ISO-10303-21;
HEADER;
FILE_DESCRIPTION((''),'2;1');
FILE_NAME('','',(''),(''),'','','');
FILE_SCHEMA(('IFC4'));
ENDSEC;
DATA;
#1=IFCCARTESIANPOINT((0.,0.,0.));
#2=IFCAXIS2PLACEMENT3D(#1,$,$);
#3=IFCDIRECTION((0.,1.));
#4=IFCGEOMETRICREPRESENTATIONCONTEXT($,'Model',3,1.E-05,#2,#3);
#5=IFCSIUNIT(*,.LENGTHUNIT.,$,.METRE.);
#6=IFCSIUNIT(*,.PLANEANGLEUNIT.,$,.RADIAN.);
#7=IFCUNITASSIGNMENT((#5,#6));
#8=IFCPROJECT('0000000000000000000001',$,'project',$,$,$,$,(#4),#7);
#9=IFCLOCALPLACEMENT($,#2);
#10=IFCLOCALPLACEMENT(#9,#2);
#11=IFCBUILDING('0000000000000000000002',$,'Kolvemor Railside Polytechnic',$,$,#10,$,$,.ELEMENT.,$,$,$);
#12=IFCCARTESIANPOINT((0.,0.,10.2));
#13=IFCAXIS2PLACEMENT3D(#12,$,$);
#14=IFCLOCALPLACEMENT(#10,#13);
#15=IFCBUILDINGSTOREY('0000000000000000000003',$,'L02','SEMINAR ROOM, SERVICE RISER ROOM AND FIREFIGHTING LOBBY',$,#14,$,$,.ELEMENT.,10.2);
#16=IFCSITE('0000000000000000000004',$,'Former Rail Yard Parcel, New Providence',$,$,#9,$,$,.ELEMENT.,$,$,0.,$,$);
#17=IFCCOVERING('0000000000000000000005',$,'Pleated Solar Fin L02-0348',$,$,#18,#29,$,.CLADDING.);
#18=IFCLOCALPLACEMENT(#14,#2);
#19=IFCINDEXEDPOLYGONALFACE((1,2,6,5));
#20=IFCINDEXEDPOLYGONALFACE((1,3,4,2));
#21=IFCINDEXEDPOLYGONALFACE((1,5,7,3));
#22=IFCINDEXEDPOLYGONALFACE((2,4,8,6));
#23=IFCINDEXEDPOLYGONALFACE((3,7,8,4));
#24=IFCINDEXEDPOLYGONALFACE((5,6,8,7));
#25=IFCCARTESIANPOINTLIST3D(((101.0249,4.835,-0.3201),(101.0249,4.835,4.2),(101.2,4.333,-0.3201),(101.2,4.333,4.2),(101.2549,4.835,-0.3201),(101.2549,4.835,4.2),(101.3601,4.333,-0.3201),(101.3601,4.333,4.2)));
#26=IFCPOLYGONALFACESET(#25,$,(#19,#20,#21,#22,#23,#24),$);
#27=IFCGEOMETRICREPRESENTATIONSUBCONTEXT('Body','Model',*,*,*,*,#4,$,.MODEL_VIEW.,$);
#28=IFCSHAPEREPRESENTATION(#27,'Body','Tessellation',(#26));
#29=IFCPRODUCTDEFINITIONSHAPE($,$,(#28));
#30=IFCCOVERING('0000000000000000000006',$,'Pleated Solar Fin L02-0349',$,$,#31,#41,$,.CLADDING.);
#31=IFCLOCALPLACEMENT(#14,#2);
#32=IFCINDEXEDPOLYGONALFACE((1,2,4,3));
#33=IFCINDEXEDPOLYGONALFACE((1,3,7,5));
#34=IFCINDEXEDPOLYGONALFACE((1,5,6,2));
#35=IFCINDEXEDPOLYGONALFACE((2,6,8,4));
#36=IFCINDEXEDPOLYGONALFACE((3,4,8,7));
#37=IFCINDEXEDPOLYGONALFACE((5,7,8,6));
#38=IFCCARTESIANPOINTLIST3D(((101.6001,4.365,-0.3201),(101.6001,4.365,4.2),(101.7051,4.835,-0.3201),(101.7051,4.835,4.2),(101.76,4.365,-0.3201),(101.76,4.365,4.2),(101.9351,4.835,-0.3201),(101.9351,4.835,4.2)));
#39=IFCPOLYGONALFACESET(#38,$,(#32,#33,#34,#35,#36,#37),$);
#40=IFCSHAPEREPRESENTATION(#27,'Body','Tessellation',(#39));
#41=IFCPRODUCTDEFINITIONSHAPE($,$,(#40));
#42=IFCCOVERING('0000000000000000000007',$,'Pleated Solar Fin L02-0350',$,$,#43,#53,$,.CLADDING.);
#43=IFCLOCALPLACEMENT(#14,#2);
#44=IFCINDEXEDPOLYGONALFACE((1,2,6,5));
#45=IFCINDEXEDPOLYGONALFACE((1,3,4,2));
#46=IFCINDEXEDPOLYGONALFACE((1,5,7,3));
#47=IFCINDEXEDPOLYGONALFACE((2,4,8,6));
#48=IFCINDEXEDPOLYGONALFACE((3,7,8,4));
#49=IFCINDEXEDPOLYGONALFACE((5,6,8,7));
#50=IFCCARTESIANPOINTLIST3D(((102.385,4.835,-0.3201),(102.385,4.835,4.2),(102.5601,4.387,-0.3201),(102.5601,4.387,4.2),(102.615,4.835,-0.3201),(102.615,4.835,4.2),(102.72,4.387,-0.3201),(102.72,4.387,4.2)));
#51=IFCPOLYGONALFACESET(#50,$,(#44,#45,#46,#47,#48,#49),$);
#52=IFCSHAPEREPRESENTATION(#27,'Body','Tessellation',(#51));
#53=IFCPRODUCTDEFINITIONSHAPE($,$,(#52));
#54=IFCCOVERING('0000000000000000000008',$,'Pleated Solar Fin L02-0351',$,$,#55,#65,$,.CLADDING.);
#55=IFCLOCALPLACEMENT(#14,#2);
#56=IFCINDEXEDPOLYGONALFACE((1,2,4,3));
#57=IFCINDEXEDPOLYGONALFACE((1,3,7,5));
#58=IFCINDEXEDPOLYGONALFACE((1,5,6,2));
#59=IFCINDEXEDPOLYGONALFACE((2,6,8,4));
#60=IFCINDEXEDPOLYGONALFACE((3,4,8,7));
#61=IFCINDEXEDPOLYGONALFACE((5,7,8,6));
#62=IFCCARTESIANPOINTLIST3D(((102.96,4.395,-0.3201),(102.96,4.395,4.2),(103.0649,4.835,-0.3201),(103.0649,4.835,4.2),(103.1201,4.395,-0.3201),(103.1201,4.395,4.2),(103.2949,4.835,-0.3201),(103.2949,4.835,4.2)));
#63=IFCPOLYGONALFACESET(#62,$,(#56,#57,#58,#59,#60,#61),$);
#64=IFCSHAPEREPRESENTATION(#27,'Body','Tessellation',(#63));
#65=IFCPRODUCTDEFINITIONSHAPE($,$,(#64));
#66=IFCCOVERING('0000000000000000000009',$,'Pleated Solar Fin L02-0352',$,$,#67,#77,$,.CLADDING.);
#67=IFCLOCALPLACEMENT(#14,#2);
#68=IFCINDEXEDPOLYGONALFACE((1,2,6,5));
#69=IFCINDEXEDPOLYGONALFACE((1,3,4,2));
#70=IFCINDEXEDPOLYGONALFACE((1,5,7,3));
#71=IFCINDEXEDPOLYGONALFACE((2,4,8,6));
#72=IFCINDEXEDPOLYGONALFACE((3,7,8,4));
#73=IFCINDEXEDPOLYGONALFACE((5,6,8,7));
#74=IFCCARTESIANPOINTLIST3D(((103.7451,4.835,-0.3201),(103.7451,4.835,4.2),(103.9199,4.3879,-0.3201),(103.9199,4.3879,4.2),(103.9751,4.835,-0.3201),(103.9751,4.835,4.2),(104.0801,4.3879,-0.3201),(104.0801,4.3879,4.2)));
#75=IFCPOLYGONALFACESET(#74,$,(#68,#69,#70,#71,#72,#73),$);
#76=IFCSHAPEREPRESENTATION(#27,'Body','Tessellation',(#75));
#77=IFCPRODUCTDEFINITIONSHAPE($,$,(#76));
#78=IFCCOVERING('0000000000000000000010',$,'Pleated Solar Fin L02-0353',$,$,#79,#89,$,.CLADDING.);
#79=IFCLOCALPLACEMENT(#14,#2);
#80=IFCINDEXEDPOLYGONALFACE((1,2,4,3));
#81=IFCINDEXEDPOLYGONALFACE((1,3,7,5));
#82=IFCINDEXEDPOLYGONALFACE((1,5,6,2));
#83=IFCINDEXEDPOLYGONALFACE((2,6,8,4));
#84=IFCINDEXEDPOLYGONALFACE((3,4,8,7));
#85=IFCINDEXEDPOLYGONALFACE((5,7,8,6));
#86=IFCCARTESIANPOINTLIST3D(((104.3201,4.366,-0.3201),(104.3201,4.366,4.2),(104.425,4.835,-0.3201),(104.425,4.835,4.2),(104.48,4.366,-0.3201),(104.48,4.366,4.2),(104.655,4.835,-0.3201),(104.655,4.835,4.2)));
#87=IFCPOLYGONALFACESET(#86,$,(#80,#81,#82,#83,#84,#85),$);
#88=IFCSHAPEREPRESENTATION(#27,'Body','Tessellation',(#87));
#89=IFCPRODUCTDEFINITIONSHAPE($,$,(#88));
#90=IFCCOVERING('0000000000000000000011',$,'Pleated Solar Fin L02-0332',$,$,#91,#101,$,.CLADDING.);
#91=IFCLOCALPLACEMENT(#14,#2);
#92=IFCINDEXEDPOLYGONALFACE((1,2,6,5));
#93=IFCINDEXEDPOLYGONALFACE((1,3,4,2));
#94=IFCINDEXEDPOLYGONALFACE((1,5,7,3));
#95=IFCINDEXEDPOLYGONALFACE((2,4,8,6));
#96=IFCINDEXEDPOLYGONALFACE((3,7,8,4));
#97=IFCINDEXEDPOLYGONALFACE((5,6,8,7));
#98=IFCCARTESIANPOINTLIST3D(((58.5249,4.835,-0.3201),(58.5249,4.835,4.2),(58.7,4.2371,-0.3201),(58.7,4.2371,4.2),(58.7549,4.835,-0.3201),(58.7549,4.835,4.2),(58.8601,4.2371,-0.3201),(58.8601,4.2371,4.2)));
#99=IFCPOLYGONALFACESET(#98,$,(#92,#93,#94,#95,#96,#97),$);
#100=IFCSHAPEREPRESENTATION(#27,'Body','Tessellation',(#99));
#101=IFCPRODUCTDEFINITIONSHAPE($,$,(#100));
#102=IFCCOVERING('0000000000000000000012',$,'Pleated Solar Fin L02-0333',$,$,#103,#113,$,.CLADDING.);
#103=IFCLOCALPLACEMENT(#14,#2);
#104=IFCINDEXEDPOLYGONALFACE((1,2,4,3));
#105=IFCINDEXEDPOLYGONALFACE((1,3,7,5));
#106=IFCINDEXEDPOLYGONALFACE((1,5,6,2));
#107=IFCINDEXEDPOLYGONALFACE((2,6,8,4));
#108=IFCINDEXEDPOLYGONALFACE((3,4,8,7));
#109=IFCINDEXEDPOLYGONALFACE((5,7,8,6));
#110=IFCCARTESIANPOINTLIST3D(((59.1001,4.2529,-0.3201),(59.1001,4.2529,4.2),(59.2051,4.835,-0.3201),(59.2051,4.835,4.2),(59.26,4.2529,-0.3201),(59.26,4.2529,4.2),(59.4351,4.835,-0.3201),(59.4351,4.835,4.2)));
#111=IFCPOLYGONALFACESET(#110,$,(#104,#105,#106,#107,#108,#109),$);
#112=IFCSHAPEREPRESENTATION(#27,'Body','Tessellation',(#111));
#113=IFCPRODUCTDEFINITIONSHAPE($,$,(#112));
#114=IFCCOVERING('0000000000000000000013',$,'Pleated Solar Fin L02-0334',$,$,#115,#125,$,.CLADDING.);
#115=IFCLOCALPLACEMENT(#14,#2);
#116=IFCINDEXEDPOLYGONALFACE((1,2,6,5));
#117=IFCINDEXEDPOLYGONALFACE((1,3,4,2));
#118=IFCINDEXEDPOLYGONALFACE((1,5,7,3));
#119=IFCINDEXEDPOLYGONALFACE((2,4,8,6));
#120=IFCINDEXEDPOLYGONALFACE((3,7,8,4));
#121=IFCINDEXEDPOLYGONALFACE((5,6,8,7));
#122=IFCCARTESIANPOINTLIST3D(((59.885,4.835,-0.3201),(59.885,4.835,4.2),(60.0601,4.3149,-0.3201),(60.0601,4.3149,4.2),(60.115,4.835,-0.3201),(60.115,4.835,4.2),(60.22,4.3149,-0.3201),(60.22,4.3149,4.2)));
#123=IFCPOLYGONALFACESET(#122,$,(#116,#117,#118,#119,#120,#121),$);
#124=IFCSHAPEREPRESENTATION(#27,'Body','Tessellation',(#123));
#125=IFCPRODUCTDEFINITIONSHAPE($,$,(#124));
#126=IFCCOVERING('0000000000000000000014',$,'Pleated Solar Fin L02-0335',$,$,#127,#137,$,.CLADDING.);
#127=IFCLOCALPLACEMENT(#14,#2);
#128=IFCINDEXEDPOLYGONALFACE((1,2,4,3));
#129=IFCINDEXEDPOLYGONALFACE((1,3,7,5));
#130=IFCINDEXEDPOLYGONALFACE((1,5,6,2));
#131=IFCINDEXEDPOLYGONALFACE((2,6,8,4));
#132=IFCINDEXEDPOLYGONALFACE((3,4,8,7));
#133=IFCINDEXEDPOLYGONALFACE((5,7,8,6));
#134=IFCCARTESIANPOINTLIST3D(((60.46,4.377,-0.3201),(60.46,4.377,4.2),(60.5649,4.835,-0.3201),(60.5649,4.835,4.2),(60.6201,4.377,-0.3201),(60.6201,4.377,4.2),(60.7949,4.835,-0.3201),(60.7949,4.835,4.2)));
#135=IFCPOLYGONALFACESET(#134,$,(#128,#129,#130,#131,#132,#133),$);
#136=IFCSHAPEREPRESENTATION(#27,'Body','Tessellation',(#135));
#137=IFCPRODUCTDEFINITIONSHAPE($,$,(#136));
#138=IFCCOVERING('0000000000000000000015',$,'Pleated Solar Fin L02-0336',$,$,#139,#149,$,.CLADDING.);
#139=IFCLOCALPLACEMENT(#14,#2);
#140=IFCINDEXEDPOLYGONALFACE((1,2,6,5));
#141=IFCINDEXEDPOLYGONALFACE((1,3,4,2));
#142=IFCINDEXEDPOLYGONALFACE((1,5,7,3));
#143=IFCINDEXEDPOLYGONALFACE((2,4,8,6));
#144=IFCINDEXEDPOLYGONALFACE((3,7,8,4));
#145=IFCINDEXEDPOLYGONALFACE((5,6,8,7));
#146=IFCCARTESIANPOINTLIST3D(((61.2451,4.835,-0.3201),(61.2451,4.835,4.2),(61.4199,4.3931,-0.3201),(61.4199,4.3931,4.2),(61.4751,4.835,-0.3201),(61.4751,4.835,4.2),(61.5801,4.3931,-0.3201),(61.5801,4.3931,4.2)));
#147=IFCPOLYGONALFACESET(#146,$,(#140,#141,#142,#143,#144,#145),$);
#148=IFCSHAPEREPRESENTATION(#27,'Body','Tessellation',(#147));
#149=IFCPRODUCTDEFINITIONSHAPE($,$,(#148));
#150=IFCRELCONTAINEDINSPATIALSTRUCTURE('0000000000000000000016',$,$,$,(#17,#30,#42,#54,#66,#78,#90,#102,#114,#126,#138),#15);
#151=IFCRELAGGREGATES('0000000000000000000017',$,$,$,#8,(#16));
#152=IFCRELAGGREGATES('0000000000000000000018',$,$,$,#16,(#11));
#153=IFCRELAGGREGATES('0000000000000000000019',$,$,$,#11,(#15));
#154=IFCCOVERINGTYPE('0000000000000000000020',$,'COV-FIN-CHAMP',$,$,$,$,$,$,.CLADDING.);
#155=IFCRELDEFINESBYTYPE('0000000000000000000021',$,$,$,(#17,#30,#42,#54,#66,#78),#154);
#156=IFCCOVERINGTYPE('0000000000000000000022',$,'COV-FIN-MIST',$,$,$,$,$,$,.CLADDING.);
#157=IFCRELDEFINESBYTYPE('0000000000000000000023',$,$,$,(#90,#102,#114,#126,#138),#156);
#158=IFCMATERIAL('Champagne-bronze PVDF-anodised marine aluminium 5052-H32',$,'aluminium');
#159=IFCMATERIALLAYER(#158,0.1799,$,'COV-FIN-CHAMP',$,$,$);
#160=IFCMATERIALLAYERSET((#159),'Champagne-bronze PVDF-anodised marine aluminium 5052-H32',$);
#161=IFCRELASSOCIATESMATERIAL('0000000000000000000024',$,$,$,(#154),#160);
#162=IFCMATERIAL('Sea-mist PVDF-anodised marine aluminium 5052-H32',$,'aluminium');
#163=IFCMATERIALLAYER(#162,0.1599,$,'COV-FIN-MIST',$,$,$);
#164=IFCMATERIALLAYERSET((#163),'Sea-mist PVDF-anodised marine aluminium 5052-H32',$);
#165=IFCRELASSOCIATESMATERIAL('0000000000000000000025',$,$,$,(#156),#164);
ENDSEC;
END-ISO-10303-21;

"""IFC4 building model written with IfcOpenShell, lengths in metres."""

from ifc_helpers import new_model, si_unit, direction, frame, origin, place, context, subcontext, project, spatial, polyline, outline, extrude, material, layer, layer_set, type_object, element, save


model = new_model("IFC4")

# Units and contexts
model_context = context("Model", 3, precision=1e-05, world=origin(), true_north=direction((0.0, 1.0)))
body_context = subcontext(model_context, "Body", "Model", "MODEL_VIEW")
ifc_project = project(units=[si_unit("LENGTHUNIT", "METRE"), si_unit("PLANEANGLEUNIT", "RADIAN")], contexts=[model_context])

# Site, building, storey
site_placement = place(None, origin())
site = spatial("IfcSite", under=ifc_project, at=site_placement, Name="Former Rail Yard Parcel, New Providence", CompositionType="ELEMENT", RefElevation=0.0)
building_placement = place(site_placement, origin())
building = spatial("IfcBuilding", under=site, at=building_placement, Name="Kolvemor Railside Polytechnic", CompositionType="ELEMENT")
storey_placement = place(building_placement, frame((0.0, 0.0, 10.2)))
storey = spatial("IfcBuildingStorey", under=building, at=storey_placement, Name="L02", Description="SEMINAR ROOM, SERVICE RISER ROOM AND FIREFIGHTING LOBBY", CompositionType="ELEMENT", Elevation=10.2)

# Coverings
ifc_material_1 = material(Name="Champagne-bronze PVDF-anodised marine aluminium 5052-H32", Category="aluminium")
ifc_layer_1 = layer(ifc_material_1, 0.1799, Name="COV-FIN-CHAMP")
ifc_layer_set_1 = layer_set([ifc_layer_1], Name="Champagne-bronze PVDF-anodised marine aluminium 5052-H32")
covering_type_1 = type_object("IfcCoveringType", Name="COV-FIN-CHAMP", PredefinedType="CLADDING", material=ifc_layer_set_1)
covering_1_placement = place(storey_placement, frame((0.0, 0.0, -0.3201)))
element("IfcCovering", 1, at=covering_1_placement, inside=storey, type_object=covering_type_1, Name="Pleated Solar Fin L02-0348", PredefinedType="CLADDING", context=body_context, shape_type="SweptSolid", body=[
    extrude(outline(polyline([(101.0249, 4.835), (101.2549, 4.835), (101.3601, 4.333), (101.2, 4.333), (101.0249, 4.835)])), origin(), (0.0, 0.0, 1.0), 4.52),
])
covering_2_placement = place(storey_placement, frame((0.0, 0.0, -0.3201)))
element("IfcCovering", 2, at=covering_2_placement, inside=storey, type_object=covering_type_1, Name="Pleated Solar Fin L02-0349", PredefinedType="CLADDING", context=body_context, shape_type="SweptSolid", body=[
    extrude(outline(polyline([(101.7051, 4.835), (101.9351, 4.835), (101.76, 4.365), (101.6001, 4.365), (101.7051, 4.835)])), origin(), (0.0, 0.0, 1.0), 4.52),
])
covering_3_placement = place(storey_placement, frame((0.0, 0.0, -0.3201)))
element("IfcCovering", 3, at=covering_3_placement, inside=storey, type_object=covering_type_1, Name="Pleated Solar Fin L02-0350", PredefinedType="CLADDING", context=body_context, shape_type="SweptSolid", body=[
    extrude(outline(polyline([(102.385, 4.835), (102.615, 4.835), (102.72, 4.387), (102.5601, 4.387), (102.385, 4.835)])), origin(), (0.0, 0.0, 1.0), 4.52),
])
covering_4_placement = place(storey_placement, frame((0.0, 0.0, -0.3201)))
element("IfcCovering", 4, at=covering_4_placement, inside=storey, type_object=covering_type_1, Name="Pleated Solar Fin L02-0351", PredefinedType="CLADDING", context=body_context, shape_type="SweptSolid", body=[
    extrude(outline(polyline([(103.0649, 4.835), (103.2949, 4.835), (103.1201, 4.395), (102.96, 4.395), (103.0649, 4.835)])), origin(), (0.0, 0.0, 1.0), 4.52),
])
covering_5_placement = place(storey_placement, frame((0.0, 0.0, -0.3201)))
element("IfcCovering", 5, at=covering_5_placement, inside=storey, type_object=covering_type_1, Name="Pleated Solar Fin L02-0352", PredefinedType="CLADDING", context=body_context, shape_type="SweptSolid", body=[
    extrude(outline(polyline([(103.7451, 4.835), (103.9751, 4.835), (104.0801, 4.3879), (103.9199, 4.3879), (103.7451, 4.835)])), origin(), (0.0, 0.0, 1.0), 4.52),
])
covering_6_placement = place(storey_placement, frame((0.0, 0.0, -0.3201)))
element("IfcCovering", 6, at=covering_6_placement, inside=storey, type_object=covering_type_1, Name="Pleated Solar Fin L02-0353", PredefinedType="CLADDING", context=body_context, shape_type="SweptSolid", body=[
    extrude(outline(polyline([(104.425, 4.835), (104.655, 4.835), (104.48, 4.366), (104.3201, 4.366), (104.425, 4.835)])), origin(), (0.0, 0.0, 1.0), 4.52),
])
ifc_material_2 = material(Name="Sea-mist PVDF-anodised marine aluminium 5052-H32", Category="aluminium")
ifc_layer_2 = layer(ifc_material_2, 0.1599, Name="COV-FIN-MIST")
ifc_layer_set_2 = layer_set([ifc_layer_2], Name="Sea-mist PVDF-anodised marine aluminium 5052-H32")
covering_type_2 = type_object("IfcCoveringType", Name="COV-FIN-MIST", PredefinedType="CLADDING", material=ifc_layer_set_2)
covering_7_placement = place(storey_placement, frame((0.0, 0.0, -0.3201)))
element("IfcCovering", 7, at=covering_7_placement, inside=storey, type_object=covering_type_2, Name="Pleated Solar Fin L02-0332", PredefinedType="CLADDING", context=body_context, shape_type="SweptSolid", body=[
    extrude(outline(polyline([(58.5249, 4.835), (58.7549, 4.835), (58.8601, 4.2371), (58.7, 4.2371), (58.5249, 4.835)])), origin(), (0.0, 0.0, 1.0), 4.52),
])
covering_8_placement = place(storey_placement, frame((0.0, 0.0, -0.3201)))
element("IfcCovering", 8, at=covering_8_placement, inside=storey, type_object=covering_type_2, Name="Pleated Solar Fin L02-0333", PredefinedType="CLADDING", context=body_context, shape_type="SweptSolid", body=[
    extrude(outline(polyline([(59.2051, 4.835), (59.4351, 4.835), (59.26, 4.2529), (59.1001, 4.2529), (59.2051, 4.835)])), origin(), (0.0, 0.0, 1.0), 4.52),
])
covering_9_placement = place(storey_placement, frame((0.0, 0.0, -0.3201)))
element("IfcCovering", 9, at=covering_9_placement, inside=storey, type_object=covering_type_2, Name="Pleated Solar Fin L02-0334", PredefinedType="CLADDING", context=body_context, shape_type="SweptSolid", body=[
    extrude(outline(polyline([(59.885, 4.835), (60.115, 4.835), (60.22, 4.3149), (60.0601, 4.3149), (59.885, 4.835)])), origin(), (0.0, 0.0, 1.0), 4.52),
])
covering_10_placement = place(storey_placement, frame((0.0, 0.0, -0.3201)))
element("IfcCovering", 10, at=covering_10_placement, inside=storey, type_object=covering_type_2, Name="Pleated Solar Fin L02-0335", PredefinedType="CLADDING", context=body_context, shape_type="SweptSolid", body=[
    extrude(outline(polyline([(60.5649, 4.835), (60.7949, 4.835), (60.6201, 4.377), (60.46, 4.377), (60.5649, 4.835)])), origin(), (0.0, 0.0, 1.0), 4.52),
])
covering_11_placement = place(storey_placement, frame((0.0, 0.0, -0.3201)))
element("IfcCovering", 11, at=covering_11_placement, inside=storey, type_object=covering_type_2, Name="Pleated Solar Fin L02-0336", PredefinedType="CLADDING", context=body_context, shape_type="SweptSolid", body=[
    extrude(outline(polyline([(61.2451, 4.835), (61.4751, 4.835), (61.5801, 4.3931), (61.4199, 4.3931), (61.2451, 4.835)])), origin(), (0.0, 0.0, 1.0), 4.52),
])

save(model, "model.ifc")
